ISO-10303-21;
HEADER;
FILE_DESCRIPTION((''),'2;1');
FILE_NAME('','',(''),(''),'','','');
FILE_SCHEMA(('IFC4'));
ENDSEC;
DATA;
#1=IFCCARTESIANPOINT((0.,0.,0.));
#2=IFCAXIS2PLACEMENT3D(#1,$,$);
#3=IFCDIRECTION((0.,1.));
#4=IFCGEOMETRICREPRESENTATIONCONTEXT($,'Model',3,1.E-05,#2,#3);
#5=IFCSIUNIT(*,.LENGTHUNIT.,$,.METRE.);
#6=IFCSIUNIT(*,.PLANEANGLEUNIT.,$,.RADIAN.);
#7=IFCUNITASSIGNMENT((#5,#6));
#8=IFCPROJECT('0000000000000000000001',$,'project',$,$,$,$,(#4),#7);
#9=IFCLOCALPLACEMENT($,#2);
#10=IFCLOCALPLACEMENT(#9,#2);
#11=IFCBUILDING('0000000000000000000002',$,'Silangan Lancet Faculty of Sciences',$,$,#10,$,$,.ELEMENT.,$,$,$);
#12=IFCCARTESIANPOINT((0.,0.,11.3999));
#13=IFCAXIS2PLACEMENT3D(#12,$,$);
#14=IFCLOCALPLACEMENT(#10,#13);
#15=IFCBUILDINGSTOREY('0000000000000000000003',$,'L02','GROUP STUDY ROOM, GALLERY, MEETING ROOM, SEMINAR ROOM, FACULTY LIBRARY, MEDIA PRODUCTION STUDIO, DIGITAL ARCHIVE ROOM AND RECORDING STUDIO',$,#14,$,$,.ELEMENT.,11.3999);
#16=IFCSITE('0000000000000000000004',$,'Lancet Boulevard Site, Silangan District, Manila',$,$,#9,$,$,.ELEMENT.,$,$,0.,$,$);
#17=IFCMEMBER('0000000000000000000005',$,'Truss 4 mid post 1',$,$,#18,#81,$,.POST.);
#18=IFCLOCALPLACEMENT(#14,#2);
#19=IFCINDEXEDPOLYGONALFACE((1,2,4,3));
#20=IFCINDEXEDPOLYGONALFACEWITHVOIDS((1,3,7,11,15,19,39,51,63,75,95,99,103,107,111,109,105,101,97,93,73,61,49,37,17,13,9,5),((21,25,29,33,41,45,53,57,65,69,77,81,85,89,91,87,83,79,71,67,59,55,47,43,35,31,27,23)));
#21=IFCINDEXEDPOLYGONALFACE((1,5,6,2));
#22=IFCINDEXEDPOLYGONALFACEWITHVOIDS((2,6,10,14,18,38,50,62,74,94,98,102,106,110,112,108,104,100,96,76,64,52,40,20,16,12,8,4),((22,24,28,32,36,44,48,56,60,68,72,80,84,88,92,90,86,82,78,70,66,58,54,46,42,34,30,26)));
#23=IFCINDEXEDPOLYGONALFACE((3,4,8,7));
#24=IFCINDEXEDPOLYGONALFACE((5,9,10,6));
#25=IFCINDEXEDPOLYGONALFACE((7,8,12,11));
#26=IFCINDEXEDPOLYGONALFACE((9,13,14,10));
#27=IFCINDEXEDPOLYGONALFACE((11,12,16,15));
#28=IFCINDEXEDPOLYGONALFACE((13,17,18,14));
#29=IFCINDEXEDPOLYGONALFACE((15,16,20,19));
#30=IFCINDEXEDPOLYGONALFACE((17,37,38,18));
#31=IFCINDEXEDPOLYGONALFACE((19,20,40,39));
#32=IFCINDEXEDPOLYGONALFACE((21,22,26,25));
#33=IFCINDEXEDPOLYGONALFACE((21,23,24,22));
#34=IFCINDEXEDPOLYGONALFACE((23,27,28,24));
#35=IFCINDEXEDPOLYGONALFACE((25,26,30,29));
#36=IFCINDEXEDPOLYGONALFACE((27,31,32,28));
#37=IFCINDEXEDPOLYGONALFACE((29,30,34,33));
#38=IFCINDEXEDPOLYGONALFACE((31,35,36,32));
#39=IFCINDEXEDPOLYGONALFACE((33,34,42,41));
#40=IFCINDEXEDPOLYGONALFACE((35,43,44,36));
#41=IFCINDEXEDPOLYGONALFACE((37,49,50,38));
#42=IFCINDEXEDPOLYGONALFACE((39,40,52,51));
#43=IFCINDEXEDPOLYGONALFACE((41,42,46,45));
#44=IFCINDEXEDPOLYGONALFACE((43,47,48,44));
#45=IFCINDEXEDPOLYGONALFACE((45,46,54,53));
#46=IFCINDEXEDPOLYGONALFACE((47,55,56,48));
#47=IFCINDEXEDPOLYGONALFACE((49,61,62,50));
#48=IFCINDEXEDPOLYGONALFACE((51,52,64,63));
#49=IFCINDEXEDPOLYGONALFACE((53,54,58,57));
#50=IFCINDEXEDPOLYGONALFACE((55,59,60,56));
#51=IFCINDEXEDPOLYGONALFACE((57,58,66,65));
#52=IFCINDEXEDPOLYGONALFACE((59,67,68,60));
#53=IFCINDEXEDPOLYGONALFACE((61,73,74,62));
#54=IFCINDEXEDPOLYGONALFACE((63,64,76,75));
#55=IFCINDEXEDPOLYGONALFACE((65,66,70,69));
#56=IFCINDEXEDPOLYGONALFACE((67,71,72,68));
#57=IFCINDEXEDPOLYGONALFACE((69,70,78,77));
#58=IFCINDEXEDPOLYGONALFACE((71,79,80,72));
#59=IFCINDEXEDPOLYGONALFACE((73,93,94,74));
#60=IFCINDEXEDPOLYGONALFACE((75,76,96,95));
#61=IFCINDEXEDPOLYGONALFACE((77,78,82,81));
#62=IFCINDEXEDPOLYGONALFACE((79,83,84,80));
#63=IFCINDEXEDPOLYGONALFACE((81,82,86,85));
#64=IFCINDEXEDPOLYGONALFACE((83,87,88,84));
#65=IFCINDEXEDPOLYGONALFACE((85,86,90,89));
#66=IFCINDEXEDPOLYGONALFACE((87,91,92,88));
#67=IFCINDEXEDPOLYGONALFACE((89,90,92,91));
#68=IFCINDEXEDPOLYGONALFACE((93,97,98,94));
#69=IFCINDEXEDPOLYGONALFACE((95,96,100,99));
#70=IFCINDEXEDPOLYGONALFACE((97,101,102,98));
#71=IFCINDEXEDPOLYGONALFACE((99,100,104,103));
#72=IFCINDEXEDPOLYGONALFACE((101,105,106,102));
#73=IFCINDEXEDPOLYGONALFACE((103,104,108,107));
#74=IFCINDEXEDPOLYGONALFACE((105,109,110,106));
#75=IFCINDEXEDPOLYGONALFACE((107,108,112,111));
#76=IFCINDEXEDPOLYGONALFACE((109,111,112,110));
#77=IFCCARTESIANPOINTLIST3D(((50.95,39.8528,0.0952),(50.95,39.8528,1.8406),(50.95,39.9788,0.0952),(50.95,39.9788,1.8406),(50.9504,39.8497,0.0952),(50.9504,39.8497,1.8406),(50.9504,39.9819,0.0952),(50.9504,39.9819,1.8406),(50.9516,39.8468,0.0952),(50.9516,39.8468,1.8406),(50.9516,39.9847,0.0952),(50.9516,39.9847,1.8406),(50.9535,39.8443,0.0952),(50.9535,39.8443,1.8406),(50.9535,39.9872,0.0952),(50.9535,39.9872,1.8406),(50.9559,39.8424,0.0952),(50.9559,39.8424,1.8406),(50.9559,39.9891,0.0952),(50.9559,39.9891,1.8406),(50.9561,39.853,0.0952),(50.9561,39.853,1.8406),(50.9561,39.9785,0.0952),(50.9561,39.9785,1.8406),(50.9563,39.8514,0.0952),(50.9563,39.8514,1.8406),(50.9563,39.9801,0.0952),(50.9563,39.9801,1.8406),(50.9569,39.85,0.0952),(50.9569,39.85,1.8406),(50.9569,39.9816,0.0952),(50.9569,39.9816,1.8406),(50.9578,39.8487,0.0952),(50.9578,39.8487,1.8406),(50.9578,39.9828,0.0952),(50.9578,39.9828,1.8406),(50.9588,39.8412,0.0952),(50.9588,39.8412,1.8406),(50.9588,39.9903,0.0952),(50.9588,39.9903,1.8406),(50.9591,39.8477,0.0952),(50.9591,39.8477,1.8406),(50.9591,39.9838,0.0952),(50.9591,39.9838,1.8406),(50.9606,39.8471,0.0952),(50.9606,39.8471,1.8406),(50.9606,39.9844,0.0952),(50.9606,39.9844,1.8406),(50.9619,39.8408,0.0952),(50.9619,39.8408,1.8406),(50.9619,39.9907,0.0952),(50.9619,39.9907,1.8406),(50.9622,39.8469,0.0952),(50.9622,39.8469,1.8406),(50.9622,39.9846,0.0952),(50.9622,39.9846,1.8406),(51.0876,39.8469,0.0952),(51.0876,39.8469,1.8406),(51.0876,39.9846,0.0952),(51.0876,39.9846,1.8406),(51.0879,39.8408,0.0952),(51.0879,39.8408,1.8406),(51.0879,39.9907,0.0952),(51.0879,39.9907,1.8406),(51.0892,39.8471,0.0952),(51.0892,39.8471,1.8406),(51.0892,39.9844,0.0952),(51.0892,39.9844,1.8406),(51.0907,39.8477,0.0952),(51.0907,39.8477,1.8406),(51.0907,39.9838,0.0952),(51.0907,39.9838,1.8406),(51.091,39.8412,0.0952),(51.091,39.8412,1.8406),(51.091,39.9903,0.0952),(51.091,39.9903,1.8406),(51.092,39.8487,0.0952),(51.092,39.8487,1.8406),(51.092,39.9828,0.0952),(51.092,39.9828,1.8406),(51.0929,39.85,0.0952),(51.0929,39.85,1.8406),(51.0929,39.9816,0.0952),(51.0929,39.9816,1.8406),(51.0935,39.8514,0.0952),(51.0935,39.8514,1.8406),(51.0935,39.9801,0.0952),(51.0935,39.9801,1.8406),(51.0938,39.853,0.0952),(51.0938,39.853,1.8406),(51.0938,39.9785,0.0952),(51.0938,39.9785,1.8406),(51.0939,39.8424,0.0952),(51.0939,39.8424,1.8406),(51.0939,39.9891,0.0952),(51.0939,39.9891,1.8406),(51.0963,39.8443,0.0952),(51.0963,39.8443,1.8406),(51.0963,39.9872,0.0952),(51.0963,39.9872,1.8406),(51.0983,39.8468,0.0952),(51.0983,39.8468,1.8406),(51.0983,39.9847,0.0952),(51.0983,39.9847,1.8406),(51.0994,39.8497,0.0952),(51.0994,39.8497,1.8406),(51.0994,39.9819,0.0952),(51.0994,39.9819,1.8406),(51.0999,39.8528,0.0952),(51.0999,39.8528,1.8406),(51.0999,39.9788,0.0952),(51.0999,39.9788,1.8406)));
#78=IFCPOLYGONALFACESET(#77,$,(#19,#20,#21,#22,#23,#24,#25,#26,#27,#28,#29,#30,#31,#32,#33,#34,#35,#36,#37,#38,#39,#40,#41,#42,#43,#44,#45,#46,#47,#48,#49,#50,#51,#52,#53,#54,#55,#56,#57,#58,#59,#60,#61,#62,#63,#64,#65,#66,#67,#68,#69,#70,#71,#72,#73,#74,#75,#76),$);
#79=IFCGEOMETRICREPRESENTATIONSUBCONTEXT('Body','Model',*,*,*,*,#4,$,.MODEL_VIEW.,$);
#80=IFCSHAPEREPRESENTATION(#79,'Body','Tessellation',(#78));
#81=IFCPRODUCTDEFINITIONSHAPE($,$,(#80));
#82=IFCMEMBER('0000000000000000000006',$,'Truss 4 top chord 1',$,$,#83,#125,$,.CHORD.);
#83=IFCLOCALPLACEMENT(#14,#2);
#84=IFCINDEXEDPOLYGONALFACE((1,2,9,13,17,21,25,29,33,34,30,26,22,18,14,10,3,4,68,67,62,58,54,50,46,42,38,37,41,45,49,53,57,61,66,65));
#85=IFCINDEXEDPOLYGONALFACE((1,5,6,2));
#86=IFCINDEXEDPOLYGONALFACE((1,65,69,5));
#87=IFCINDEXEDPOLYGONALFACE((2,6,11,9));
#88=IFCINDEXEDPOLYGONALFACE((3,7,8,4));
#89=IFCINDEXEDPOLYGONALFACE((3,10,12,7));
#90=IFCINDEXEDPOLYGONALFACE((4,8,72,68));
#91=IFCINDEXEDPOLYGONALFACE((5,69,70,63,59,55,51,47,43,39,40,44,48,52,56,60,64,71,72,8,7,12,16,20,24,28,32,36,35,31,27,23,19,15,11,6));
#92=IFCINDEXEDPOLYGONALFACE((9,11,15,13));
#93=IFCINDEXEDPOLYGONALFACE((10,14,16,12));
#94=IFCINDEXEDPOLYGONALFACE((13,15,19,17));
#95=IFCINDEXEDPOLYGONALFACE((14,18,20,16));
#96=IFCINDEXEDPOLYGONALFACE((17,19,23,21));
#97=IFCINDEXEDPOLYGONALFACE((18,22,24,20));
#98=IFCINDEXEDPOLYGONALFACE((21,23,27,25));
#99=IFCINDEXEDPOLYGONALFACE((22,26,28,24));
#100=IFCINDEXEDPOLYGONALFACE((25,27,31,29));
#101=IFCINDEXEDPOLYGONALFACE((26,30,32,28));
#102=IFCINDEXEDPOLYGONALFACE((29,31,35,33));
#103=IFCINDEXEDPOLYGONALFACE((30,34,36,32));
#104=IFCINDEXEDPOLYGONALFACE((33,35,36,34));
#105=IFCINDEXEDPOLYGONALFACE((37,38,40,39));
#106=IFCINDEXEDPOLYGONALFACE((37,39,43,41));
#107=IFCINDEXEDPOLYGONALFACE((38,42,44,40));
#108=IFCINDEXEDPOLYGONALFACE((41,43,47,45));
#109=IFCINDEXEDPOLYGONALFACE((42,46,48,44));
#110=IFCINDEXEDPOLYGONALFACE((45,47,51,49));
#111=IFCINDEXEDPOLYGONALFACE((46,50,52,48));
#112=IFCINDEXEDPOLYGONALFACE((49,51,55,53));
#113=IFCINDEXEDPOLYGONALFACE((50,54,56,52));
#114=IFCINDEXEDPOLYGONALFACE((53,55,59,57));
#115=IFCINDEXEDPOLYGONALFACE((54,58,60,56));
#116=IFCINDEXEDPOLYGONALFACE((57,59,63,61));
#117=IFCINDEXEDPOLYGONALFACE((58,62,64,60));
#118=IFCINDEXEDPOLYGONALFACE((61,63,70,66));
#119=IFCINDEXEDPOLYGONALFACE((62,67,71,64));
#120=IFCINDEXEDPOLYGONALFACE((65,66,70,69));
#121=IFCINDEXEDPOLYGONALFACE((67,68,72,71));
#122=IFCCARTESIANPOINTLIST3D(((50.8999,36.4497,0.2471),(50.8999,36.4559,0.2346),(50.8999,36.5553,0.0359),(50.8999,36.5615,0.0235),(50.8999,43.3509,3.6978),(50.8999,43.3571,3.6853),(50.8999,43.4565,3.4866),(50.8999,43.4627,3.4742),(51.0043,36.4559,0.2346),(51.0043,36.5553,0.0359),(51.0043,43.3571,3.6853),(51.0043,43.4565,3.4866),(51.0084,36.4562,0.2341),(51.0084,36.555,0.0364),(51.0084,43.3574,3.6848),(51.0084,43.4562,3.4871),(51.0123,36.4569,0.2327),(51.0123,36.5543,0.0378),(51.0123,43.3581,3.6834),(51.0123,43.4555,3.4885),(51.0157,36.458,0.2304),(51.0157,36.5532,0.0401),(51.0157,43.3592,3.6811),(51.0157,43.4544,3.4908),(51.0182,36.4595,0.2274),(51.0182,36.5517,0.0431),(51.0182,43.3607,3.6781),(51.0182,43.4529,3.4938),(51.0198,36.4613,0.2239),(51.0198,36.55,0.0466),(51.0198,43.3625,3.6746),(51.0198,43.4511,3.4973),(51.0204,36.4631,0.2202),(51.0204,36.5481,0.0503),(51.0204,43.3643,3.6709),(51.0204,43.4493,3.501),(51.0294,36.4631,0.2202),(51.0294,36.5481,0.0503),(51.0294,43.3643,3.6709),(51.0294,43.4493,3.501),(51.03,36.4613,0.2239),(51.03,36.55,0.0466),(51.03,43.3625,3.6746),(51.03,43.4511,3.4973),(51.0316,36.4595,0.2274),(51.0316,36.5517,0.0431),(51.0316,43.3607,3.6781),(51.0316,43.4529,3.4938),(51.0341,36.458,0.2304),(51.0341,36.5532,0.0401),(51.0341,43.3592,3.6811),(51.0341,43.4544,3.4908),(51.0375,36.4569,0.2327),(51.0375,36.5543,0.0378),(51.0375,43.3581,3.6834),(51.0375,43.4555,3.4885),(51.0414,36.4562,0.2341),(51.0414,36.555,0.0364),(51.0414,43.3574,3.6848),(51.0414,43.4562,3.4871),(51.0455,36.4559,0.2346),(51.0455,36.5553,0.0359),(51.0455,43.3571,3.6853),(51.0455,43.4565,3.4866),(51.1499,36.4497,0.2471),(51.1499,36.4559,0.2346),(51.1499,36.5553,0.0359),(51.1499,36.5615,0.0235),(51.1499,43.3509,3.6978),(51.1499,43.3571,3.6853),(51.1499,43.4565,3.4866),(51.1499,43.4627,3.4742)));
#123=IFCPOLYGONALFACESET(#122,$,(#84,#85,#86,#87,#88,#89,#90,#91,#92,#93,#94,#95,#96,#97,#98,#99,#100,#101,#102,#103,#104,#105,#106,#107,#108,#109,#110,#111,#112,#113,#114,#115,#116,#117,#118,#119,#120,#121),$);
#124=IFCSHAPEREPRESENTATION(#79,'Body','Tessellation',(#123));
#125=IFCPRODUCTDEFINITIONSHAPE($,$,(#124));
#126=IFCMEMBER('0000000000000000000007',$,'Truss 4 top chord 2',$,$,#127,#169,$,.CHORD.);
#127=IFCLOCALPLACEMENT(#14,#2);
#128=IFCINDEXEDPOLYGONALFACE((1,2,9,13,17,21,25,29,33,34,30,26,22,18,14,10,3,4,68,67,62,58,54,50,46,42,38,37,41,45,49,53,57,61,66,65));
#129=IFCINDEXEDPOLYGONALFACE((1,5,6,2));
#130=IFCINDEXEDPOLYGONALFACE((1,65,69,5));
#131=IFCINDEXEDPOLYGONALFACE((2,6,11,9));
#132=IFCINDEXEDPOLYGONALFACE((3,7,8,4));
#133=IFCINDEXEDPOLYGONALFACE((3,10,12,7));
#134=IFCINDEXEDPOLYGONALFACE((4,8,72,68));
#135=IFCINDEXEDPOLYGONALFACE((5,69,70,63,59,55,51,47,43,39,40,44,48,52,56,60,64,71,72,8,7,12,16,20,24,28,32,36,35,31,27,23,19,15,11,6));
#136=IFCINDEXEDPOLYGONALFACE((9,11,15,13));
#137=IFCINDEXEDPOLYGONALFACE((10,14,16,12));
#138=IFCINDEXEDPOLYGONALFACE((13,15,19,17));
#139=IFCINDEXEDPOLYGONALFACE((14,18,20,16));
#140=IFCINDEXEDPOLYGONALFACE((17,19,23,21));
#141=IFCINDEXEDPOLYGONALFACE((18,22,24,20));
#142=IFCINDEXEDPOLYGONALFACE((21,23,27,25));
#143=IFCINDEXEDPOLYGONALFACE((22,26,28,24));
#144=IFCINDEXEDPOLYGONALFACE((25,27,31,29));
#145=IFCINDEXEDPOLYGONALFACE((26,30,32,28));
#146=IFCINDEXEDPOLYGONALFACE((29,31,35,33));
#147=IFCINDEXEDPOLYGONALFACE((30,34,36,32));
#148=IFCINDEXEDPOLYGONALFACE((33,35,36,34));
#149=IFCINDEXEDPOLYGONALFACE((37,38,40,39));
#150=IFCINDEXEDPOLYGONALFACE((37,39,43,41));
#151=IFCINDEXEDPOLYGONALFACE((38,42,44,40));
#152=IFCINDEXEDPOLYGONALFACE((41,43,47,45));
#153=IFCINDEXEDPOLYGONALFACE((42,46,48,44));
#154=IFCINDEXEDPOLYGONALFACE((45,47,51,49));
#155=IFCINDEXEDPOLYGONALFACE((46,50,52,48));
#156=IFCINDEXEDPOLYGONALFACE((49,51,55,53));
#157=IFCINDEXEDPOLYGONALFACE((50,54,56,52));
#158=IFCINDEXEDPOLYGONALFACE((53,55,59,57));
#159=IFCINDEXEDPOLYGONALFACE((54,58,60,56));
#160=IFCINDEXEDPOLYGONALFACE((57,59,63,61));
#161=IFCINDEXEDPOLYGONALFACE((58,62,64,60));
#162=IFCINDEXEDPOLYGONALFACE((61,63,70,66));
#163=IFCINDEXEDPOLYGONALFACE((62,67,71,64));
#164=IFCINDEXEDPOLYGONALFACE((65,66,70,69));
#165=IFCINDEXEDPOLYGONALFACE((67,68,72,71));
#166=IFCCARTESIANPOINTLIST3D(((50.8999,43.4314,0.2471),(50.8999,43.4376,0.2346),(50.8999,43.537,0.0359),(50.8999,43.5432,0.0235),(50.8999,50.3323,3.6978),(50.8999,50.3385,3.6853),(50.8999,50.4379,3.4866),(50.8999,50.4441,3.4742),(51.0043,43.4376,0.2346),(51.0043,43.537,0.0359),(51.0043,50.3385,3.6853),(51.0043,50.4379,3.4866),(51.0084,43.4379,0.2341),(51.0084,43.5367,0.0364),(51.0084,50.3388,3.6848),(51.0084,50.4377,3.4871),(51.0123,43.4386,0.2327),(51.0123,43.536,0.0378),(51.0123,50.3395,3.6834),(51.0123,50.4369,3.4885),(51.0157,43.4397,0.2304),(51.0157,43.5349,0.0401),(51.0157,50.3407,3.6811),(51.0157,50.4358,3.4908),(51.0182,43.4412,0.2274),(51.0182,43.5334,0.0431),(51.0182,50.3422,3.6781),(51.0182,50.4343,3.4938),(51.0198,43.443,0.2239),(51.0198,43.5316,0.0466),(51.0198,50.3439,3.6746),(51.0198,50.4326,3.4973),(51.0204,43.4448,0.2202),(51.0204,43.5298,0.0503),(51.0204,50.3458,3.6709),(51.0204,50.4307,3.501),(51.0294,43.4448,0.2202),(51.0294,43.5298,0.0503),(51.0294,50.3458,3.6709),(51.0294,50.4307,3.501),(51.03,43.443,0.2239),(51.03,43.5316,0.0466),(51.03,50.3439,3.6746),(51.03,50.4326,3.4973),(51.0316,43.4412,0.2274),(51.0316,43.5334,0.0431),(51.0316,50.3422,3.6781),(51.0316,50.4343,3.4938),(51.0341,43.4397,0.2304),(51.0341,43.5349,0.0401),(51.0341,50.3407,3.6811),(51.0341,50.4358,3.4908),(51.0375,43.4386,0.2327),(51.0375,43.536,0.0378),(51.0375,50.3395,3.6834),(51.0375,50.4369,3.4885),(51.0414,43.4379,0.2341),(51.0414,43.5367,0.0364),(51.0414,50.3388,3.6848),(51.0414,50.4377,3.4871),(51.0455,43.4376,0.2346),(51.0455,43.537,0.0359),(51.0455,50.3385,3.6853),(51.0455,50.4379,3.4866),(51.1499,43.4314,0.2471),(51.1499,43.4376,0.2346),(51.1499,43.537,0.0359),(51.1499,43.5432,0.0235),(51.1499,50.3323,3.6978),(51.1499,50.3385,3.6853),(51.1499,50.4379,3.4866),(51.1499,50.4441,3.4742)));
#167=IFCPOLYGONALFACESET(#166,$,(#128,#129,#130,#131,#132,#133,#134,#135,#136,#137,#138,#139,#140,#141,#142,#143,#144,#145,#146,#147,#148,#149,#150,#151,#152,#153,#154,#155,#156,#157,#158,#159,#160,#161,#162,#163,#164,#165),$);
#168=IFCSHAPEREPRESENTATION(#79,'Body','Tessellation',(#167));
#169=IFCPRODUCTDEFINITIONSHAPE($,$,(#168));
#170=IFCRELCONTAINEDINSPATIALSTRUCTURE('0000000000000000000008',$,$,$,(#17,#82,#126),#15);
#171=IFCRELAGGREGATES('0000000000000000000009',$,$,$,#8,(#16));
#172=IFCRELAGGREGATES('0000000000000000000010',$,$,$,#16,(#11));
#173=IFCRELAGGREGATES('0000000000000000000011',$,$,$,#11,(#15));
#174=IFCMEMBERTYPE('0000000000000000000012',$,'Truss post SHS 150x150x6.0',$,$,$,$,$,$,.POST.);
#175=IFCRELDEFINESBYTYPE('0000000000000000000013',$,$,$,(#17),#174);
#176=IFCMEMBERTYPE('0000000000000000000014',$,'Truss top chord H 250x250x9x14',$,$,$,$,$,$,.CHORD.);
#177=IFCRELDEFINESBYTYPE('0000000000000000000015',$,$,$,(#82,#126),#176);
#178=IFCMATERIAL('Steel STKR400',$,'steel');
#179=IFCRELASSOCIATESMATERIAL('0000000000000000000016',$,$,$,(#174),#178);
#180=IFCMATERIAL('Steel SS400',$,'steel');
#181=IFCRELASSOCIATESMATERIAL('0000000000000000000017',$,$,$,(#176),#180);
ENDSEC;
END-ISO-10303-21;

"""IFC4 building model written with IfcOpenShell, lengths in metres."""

from ifc_helpers import new_model, si_unit, direction, frame, origin, origin_2d, place, context, subcontext, project, spatial, hollow_rectangle, i_section, extrude, material, material_profile, profile_set, type_object, element, save


model = new_model("IFC4")

# Units and contexts
model_context = context("Model", 3, precision=1e-05, world=origin(), true_north=direction((0.0, 1.0)))
body_context = subcontext(model_context, "Body", "Model", "MODEL_VIEW")
ifc_project = project(units=[si_unit("LENGTHUNIT", "METRE"), si_unit("PLANEANGLEUNIT", "RADIAN")], contexts=[model_context])

# Site, building, storey
site_placement = place(None, origin())
site = spatial("IfcSite", under=ifc_project, at=site_placement, Name="Lancet Boulevard Site, Silangan District, Manila", CompositionType="ELEMENT", RefElevation=0.0)
building_placement = place(site_placement, origin())
building = spatial("IfcBuilding", under=site, at=building_placement, Name="Silangan Lancet Faculty of Sciences", CompositionType="ELEMENT")
storey_placement = place(building_placement, frame((0.0, 0.0, 11.3999)))
storey = spatial("IfcBuildingStorey", under=building, at=storey_placement, Name="L02", Description="GROUP STUDY ROOM, GALLERY, MEETING ROOM, SEMINAR ROOM, FACULTY LIBRARY, MEDIA PRODUCTION STUDIO, DIGITAL ARCHIVE ROOM AND RECORDING STUDIO", CompositionType="ELEMENT", Elevation=11.3999)

# Members
ifc_material_1 = material(Name="Steel STKR400", Category="steel")
ifc_material_profile_1 = material_profile(ifc_material_1, hollow_rectangle(XDim=0.1499, YDim=0.1499, WallThickness=0.0061, InnerFilletRadius=0.0061, OuterFilletRadius=0.012, at=origin_2d()), Name="SHS 150x150x6.0")
ifc_profile_set_1 = profile_set([ifc_material_profile_1], Name="Steel STKR400")
member_type_1 = type_object("IfcMemberType", Name="Truss post SHS 150x150x6.0", PredefinedType="POST", material=ifc_profile_set_1)
member_1_placement = place(storey_placement, frame((51.0249, 39.9158, 0.0952), z_axis=(0.0, 0.0, 1.0), x_axis=(1.0, 0.0, 0.0)))
element("IfcMember", 1, at=member_1_placement, inside=storey, type_object=member_type_1, Name="Truss 4 mid post 1", PredefinedType="POST", context=body_context, shape_type="SweptSolid", body=[
    extrude(hollow_rectangle(XDim=0.1499, YDim=0.1499, WallThickness=0.0061, InnerFilletRadius=0.0061, OuterFilletRadius=0.012, at=origin_2d()), origin(), (0.0, 0.0, 1.0), 1.7454),
])
ifc_material_2 = material(Name="Steel SS400", Category="steel")
ifc_material_profile_2 = material_profile(ifc_material_2, i_section(OverallWidth=0.25, OverallDepth=0.25, WebThickness=0.009, FlangeThickness=0.0139, FilletRadius=0.0161, at=origin_2d()), Name="H 250x250x9x14")
ifc_profile_set_2 = profile_set([ifc_material_profile_2], Name="Steel SS400")
member_type_2 = type_object("IfcMemberType", Name="Truss top chord H 250x250x9x14", PredefinedType="CHORD", material=ifc_profile_set_2)
member_2_placement = place(storey_placement, frame((51.0249, 36.5056, 0.1353), z_axis=(0.0, 0.894421, 0.447226), x_axis=(-1.0, 0.0, 0.0)))
element("IfcMember", 2, at=member_2_placement, inside=storey, type_object=member_type_2, Name="Truss 4 top chord 1", PredefinedType="CHORD", context=body_context, shape_type="SweptSolid", body=[
    extrude(i_section(OverallWidth=0.25, OverallDepth=0.25, WebThickness=0.009, FlangeThickness=0.0139, FilletRadius=0.0161, at=origin_2d()), origin(), (0.0, 0.0, 1.0), 7.7158),
])
member_3_placement = place(storey_placement, frame((51.0249, 43.4873, 0.1353), z_axis=(0.0, 0.894415, 0.447239), x_axis=(-1.0, 0.0, 0.0)))
element("IfcMember", 3, at=member_3_placement, inside=storey, type_object=member_type_2, Name="Truss 4 top chord 2", PredefinedType="CHORD", context=body_context, shape_type="SweptSolid", body=[
    extrude(i_section(OverallWidth=0.25, OverallDepth=0.25, WebThickness=0.009, FlangeThickness=0.0139, FilletRadius=0.0161, at=origin_2d()), origin(), (0.0, 0.0, 1.0), 7.7156),
])

save(model, "model.ifc")
